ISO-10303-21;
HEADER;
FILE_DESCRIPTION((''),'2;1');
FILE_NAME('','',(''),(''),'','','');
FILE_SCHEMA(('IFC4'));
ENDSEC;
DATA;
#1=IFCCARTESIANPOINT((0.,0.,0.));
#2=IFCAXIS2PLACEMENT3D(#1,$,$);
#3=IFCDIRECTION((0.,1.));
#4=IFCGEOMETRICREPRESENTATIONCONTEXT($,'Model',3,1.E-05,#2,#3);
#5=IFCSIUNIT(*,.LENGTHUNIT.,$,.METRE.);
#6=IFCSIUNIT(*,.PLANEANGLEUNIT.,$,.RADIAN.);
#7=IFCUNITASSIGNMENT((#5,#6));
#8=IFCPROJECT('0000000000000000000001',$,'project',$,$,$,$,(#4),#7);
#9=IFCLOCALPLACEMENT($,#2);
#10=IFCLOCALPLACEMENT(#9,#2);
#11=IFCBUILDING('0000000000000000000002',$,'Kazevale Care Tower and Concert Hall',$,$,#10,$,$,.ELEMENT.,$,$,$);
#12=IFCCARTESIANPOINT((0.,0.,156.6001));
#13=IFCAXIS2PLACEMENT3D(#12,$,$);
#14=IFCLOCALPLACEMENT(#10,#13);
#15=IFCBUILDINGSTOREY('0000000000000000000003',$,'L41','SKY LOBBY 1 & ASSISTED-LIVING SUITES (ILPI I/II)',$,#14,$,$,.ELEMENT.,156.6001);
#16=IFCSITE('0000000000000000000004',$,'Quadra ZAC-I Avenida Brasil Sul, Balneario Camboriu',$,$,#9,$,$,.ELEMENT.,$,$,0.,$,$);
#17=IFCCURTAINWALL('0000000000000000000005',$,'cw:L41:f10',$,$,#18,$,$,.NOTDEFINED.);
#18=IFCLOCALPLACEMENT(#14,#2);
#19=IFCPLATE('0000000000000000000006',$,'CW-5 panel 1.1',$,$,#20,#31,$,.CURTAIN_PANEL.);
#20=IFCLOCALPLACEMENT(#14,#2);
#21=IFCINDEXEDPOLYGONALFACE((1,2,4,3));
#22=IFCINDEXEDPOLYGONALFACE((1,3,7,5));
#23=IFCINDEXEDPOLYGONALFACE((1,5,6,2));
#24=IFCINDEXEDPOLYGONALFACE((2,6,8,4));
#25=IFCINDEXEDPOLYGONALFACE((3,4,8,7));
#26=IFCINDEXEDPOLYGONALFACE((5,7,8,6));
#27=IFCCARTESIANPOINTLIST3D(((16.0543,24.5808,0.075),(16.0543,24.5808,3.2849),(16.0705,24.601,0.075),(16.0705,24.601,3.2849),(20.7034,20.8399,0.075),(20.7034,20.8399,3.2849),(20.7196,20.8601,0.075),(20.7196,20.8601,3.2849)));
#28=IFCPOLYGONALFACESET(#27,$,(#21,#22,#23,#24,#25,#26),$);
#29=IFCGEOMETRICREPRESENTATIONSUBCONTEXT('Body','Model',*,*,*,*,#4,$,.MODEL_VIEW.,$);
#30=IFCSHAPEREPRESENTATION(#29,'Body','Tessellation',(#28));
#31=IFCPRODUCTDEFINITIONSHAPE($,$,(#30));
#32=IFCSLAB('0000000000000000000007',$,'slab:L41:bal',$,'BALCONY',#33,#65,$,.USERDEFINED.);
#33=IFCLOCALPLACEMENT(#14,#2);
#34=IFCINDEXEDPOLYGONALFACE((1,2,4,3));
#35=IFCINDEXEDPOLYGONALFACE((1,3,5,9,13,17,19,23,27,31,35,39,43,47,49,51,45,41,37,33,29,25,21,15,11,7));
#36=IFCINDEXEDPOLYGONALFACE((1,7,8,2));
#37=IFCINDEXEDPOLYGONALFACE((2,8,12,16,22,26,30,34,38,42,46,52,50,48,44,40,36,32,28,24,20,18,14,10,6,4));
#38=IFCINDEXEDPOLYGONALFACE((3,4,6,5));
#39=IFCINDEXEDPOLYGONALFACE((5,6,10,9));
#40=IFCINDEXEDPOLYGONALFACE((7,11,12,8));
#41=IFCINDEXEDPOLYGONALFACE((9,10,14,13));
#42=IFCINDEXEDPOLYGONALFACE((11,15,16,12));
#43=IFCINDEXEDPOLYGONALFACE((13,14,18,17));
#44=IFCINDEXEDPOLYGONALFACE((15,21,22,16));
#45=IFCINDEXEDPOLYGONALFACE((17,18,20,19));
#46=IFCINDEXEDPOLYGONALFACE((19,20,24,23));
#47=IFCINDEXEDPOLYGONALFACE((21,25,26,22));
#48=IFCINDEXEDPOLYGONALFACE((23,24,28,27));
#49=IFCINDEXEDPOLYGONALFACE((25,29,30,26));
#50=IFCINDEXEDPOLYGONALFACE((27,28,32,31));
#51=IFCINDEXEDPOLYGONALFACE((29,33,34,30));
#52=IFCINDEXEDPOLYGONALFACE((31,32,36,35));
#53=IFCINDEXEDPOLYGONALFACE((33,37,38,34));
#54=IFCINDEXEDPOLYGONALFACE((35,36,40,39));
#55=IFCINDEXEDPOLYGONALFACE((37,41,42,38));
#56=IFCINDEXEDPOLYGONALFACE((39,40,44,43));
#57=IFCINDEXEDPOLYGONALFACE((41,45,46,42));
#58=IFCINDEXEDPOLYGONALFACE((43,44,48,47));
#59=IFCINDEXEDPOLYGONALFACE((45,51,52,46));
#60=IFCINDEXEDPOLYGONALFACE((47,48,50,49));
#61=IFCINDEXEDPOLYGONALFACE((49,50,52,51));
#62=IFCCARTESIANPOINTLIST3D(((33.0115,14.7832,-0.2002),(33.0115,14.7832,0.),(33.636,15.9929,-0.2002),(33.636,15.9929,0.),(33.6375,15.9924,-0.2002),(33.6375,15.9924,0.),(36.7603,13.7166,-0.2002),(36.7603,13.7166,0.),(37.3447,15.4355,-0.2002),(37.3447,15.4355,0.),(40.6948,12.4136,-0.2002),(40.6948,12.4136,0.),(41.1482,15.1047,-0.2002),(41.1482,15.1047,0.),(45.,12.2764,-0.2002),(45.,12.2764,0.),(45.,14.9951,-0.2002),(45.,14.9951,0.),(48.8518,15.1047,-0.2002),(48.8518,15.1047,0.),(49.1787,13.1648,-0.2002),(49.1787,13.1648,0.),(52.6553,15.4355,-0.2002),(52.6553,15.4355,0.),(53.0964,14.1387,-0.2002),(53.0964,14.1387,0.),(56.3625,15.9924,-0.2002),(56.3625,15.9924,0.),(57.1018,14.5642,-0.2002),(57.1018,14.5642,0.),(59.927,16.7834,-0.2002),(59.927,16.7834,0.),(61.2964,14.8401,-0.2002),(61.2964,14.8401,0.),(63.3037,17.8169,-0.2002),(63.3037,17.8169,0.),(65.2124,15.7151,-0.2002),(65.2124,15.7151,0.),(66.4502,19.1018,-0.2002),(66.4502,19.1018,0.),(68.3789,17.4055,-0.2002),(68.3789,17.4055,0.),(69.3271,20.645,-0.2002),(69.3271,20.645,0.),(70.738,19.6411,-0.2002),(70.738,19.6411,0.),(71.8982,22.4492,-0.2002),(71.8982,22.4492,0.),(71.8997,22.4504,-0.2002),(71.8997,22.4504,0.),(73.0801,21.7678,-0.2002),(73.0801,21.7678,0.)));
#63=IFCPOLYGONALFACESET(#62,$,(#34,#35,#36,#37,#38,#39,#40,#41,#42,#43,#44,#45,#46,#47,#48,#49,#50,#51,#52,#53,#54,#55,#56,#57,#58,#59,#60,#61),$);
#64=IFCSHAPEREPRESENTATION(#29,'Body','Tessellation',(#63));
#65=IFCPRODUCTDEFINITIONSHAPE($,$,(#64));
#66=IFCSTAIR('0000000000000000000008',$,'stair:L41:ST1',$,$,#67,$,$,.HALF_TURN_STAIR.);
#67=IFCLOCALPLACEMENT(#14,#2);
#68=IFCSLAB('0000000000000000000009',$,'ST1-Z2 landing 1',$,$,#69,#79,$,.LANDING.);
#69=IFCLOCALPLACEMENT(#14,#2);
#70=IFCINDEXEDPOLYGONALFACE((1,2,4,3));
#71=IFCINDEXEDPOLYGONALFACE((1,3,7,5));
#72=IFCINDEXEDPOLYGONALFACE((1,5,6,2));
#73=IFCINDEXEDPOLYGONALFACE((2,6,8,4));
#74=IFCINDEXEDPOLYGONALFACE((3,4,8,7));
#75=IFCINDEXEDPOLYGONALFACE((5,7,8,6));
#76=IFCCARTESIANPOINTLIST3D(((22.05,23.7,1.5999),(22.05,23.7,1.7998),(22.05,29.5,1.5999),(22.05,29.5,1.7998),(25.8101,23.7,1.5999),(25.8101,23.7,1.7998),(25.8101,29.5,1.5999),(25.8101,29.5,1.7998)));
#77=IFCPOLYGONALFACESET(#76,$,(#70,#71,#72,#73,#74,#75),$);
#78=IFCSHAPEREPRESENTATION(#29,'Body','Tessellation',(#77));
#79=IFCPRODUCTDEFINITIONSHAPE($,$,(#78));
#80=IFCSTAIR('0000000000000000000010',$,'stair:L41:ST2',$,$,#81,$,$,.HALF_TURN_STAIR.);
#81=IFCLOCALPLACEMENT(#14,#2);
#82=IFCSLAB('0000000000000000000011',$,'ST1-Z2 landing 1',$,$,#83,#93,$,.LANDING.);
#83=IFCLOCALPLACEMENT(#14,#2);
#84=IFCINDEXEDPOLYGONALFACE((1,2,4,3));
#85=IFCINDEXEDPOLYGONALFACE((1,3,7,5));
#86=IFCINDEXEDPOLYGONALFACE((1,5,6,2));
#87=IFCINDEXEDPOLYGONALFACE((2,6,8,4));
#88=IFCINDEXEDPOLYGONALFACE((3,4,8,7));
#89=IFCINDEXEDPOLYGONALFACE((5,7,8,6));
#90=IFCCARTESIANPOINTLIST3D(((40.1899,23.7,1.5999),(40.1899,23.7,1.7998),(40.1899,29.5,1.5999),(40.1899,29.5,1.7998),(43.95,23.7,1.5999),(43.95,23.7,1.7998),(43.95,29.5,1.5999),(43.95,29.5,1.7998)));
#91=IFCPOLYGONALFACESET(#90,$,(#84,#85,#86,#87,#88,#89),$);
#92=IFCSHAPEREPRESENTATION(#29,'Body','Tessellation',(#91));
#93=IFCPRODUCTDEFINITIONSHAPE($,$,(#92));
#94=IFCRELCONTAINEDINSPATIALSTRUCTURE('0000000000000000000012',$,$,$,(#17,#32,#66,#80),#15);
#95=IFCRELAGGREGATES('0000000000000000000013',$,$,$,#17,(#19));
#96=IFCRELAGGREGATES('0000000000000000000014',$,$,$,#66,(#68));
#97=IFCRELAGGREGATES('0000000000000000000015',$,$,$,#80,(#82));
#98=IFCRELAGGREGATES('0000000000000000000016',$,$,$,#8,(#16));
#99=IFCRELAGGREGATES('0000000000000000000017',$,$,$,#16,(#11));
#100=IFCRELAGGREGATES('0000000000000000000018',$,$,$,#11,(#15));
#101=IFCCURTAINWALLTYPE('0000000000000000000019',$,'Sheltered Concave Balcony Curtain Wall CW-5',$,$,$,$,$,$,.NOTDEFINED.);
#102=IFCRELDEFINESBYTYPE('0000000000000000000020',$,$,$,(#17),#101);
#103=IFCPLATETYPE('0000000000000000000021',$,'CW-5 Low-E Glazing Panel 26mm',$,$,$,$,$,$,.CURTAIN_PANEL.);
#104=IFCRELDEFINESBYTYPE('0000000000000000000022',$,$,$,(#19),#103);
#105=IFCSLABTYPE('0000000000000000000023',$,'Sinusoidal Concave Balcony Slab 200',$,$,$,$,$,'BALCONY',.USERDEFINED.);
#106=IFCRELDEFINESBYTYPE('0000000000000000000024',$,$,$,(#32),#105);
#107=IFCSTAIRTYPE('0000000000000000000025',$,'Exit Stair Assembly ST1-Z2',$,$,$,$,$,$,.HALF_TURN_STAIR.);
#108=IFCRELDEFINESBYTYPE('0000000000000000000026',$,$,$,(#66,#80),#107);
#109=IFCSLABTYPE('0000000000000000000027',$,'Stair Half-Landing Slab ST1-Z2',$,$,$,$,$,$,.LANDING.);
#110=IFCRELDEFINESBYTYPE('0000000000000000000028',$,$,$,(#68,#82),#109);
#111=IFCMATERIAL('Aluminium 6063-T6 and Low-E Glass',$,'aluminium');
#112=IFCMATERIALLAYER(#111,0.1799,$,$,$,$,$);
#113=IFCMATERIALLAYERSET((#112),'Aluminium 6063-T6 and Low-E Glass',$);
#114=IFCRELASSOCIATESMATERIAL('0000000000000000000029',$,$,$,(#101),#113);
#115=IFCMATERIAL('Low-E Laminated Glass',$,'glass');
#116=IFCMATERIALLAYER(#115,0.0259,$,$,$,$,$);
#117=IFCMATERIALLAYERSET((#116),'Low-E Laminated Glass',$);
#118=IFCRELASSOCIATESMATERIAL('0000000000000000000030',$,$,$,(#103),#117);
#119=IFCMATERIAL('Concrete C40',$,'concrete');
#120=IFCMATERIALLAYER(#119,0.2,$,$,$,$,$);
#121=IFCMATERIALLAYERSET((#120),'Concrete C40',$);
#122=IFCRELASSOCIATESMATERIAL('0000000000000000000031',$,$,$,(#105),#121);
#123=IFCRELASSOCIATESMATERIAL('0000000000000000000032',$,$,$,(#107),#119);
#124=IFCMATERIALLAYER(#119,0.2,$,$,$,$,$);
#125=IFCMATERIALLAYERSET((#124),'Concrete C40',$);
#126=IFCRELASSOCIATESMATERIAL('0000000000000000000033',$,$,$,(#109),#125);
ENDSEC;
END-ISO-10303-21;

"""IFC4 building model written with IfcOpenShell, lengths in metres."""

from ifc_helpers import new_model, si_unit, direction, frame, origin, origin_2d, place, context, subcontext, project, spatial, polyline, rectangle, outline, extrude, material, layer, layer_set, type_object, element, aggregate, save


model = new_model("IFC4")

# Units and contexts
model_context = context("Model", 3, precision=1e-05, world=origin(), true_north=direction((0.0, 1.0)))
body_context = subcontext(model_context, "Body", "Model", "MODEL_VIEW")
ifc_project = project(units=[si_unit("LENGTHUNIT", "METRE"), si_unit("PLANEANGLEUNIT", "RADIAN")], contexts=[model_context])

# Site, building, storey
site_placement = place(None, origin())
site = spatial("IfcSite", under=ifc_project, at=site_placement, Name="Quadra ZAC-I Avenida Brasil Sul, Balneario Camboriu", CompositionType="ELEMENT", RefElevation=0.0)
building_placement = place(site_placement, origin())
building = spatial("IfcBuilding", under=site, at=building_placement, Name="Kazevale Care Tower and Concert Hall", CompositionType="ELEMENT")
storey_placement = place(building_placement, frame((0.0, 0.0, 156.6001)))
storey = spatial("IfcBuildingStorey", under=building, at=storey_placement, Name="L41", Description="SKY LOBBY 1 & ASSISTED-LIVING SUITES (ILPI I/II)", CompositionType="ELEMENT", Elevation=156.6001)

# Curtain wall
ifc_material_1 = material(Name="Aluminium 6063-T6 and Low-E Glass", Category="aluminium")
ifc_layer_1 = layer(ifc_material_1, 0.1799)
ifc_layer_set_1 = layer_set([ifc_layer_1], Name="Aluminium 6063-T6 and Low-E Glass")
curtain_wall_type = type_object("IfcCurtainWallType", Name="Sheltered Concave Balcony Curtain Wall CW-5", PredefinedType="NOTDEFINED", material=ifc_layer_set_1)
curtain_wall_placement = place(storey_placement, origin())
curtain_wall = element("IfcCurtainWall", 1, at=curtain_wall_placement, inside=storey, type_object=curtain_wall_type, Name="cw:L41:f10", PredefinedType="NOTDEFINED")

# Plate
ifc_material_2 = material(Name="Low-E Laminated Glass", Category="glass")
ifc_layer_2 = layer(ifc_material_2, 0.0259)
ifc_layer_set_2 = layer_set([ifc_layer_2], Name="Low-E Laminated Glass")
plate_type = type_object("IfcPlateType", Name="CW-5 Low-E Glazing Panel 26mm", PredefinedType="CURTAIN_PANEL", material=ifc_layer_set_2)
plate_placement = place(storey_placement, frame((18.387, 22.7205, 0.075), z_axis=(0.0, 0.0, 1.0), x_axis=(-0.779095, 0.626905, 0.0)))
plate = element("IfcPlate", 2, at=plate_placement, type_object=plate_type, Name="CW-5 panel 1.1", PredefinedType="CURTAIN_PANEL", context=body_context, shape_type="SweptSolid", body=[
    extrude(rectangle(XDim=5.9673, YDim=0.0259, at=origin_2d()), origin(), (0.0, 0.0, 1.0), 3.21),
])
aggregate(curtain_wall, [plate])

# Slab
ifc_material_3 = material(Name="Concrete C40", Category="concrete")
ifc_layer_3 = layer(ifc_material_3, 0.2)
ifc_layer_set_3 = layer_set([ifc_layer_3], Name="Concrete C40")
slab_type_1 = type_object("IfcSlabType", Name="Sinusoidal Concave Balcony Slab 200", ElementType="BALCONY", PredefinedType="USERDEFINED", material=ifc_layer_set_3)
slab_1_placement = place(storey_placement, frame((0.0, 0.0, -0.2002)))
element("IfcSlab", 3, at=slab_1_placement, inside=storey, type_object=slab_type_1, Name="slab:L41:bal", ObjectType="BALCONY", PredefinedType="USERDEFINED", context=body_context, shape_type="SweptSolid", body=[
    extrude(outline(polyline([(73.0801, 21.7678), (70.738, 19.6411), (68.3789, 17.4055), (65.2124, 15.7151), (61.2964, 14.8401), (57.1018, 14.5642), (53.0964, 14.1387), (49.1787, 13.1648), (45.0, 12.2764), (40.6948, 12.4136), (36.7603, 13.7166), (33.0115, 14.7832), (33.636, 15.9929), (33.6375, 15.9924), (37.3447, 15.4355), (41.1482, 15.1047), (45.0, 14.9951), (48.8518, 15.1047), (52.6553, 15.4355), (56.3625, 15.9924), (59.927, 16.7834), (63.3037, 17.8169), (66.4502, 19.1018), (69.3271, 20.645), (71.8982, 22.4492), (71.8997, 22.4504), (73.0801, 21.7678)])), origin(), (0.0, 0.0, 1.0), 0.2002),
])

# Stairs, slabs
stair_type = type_object("IfcStairType", Name="Exit Stair Assembly ST1-Z2", PredefinedType="HALF_TURN_STAIR", material=ifc_material_3)
stair_1_placement = place(storey_placement, origin())
stair_1 = element("IfcStair", 4, at=stair_1_placement, inside=storey, type_object=stair_type, Name="stair:L41:ST1", PredefinedType="HALF_TURN_STAIR")
ifc_layer_4 = layer(ifc_material_3, 0.2)
ifc_layer_set_4 = layer_set([ifc_layer_4], Name="Concrete C40")
slab_type_2 = type_object("IfcSlabType", Name="Stair Half-Landing Slab ST1-Z2", PredefinedType="LANDING", material=ifc_layer_set_4)
slab_2_placement = place(storey_placement, frame((0.0, 0.0, 1.5999)))
slab_2 = element("IfcSlab", 5, at=slab_2_placement, type_object=slab_type_2, Name="ST1-Z2 landing 1", PredefinedType="LANDING", context=body_context, shape_type="SweptSolid", body=[
    extrude(outline(polyline([(22.05, 23.7), (25.8101, 23.7), (25.8101, 29.5), (22.05, 29.5), (22.05, 23.7)])), origin(), (0.0, 0.0, 1.0), 0.2),
])
aggregate(stair_1, [slab_2])
stair_2_placement = place(storey_placement, origin())
stair_2 = element("IfcStair", 6, at=stair_2_placement, inside=storey, type_object=stair_type, Name="stair:L41:ST2", PredefinedType="HALF_TURN_STAIR")
slab_3_placement = place(storey_placement, frame((0.0, 0.0, 1.5999)))
slab_3 = element("IfcSlab", 7, at=slab_3_placement, type_object=slab_type_2, Name="ST1-Z2 landing 1", PredefinedType="LANDING", context=body_context, shape_type="SweptSolid", body=[
    extrude(outline(polyline([(40.1899, 23.7), (43.95, 23.7), (43.95, 29.5), (40.1899, 29.5), (40.1899, 23.7)])), origin(), (0.0, 0.0, 1.0), 0.2),
])
aggregate(stair_2, [slab_3])

save(model, "model.ifc")
